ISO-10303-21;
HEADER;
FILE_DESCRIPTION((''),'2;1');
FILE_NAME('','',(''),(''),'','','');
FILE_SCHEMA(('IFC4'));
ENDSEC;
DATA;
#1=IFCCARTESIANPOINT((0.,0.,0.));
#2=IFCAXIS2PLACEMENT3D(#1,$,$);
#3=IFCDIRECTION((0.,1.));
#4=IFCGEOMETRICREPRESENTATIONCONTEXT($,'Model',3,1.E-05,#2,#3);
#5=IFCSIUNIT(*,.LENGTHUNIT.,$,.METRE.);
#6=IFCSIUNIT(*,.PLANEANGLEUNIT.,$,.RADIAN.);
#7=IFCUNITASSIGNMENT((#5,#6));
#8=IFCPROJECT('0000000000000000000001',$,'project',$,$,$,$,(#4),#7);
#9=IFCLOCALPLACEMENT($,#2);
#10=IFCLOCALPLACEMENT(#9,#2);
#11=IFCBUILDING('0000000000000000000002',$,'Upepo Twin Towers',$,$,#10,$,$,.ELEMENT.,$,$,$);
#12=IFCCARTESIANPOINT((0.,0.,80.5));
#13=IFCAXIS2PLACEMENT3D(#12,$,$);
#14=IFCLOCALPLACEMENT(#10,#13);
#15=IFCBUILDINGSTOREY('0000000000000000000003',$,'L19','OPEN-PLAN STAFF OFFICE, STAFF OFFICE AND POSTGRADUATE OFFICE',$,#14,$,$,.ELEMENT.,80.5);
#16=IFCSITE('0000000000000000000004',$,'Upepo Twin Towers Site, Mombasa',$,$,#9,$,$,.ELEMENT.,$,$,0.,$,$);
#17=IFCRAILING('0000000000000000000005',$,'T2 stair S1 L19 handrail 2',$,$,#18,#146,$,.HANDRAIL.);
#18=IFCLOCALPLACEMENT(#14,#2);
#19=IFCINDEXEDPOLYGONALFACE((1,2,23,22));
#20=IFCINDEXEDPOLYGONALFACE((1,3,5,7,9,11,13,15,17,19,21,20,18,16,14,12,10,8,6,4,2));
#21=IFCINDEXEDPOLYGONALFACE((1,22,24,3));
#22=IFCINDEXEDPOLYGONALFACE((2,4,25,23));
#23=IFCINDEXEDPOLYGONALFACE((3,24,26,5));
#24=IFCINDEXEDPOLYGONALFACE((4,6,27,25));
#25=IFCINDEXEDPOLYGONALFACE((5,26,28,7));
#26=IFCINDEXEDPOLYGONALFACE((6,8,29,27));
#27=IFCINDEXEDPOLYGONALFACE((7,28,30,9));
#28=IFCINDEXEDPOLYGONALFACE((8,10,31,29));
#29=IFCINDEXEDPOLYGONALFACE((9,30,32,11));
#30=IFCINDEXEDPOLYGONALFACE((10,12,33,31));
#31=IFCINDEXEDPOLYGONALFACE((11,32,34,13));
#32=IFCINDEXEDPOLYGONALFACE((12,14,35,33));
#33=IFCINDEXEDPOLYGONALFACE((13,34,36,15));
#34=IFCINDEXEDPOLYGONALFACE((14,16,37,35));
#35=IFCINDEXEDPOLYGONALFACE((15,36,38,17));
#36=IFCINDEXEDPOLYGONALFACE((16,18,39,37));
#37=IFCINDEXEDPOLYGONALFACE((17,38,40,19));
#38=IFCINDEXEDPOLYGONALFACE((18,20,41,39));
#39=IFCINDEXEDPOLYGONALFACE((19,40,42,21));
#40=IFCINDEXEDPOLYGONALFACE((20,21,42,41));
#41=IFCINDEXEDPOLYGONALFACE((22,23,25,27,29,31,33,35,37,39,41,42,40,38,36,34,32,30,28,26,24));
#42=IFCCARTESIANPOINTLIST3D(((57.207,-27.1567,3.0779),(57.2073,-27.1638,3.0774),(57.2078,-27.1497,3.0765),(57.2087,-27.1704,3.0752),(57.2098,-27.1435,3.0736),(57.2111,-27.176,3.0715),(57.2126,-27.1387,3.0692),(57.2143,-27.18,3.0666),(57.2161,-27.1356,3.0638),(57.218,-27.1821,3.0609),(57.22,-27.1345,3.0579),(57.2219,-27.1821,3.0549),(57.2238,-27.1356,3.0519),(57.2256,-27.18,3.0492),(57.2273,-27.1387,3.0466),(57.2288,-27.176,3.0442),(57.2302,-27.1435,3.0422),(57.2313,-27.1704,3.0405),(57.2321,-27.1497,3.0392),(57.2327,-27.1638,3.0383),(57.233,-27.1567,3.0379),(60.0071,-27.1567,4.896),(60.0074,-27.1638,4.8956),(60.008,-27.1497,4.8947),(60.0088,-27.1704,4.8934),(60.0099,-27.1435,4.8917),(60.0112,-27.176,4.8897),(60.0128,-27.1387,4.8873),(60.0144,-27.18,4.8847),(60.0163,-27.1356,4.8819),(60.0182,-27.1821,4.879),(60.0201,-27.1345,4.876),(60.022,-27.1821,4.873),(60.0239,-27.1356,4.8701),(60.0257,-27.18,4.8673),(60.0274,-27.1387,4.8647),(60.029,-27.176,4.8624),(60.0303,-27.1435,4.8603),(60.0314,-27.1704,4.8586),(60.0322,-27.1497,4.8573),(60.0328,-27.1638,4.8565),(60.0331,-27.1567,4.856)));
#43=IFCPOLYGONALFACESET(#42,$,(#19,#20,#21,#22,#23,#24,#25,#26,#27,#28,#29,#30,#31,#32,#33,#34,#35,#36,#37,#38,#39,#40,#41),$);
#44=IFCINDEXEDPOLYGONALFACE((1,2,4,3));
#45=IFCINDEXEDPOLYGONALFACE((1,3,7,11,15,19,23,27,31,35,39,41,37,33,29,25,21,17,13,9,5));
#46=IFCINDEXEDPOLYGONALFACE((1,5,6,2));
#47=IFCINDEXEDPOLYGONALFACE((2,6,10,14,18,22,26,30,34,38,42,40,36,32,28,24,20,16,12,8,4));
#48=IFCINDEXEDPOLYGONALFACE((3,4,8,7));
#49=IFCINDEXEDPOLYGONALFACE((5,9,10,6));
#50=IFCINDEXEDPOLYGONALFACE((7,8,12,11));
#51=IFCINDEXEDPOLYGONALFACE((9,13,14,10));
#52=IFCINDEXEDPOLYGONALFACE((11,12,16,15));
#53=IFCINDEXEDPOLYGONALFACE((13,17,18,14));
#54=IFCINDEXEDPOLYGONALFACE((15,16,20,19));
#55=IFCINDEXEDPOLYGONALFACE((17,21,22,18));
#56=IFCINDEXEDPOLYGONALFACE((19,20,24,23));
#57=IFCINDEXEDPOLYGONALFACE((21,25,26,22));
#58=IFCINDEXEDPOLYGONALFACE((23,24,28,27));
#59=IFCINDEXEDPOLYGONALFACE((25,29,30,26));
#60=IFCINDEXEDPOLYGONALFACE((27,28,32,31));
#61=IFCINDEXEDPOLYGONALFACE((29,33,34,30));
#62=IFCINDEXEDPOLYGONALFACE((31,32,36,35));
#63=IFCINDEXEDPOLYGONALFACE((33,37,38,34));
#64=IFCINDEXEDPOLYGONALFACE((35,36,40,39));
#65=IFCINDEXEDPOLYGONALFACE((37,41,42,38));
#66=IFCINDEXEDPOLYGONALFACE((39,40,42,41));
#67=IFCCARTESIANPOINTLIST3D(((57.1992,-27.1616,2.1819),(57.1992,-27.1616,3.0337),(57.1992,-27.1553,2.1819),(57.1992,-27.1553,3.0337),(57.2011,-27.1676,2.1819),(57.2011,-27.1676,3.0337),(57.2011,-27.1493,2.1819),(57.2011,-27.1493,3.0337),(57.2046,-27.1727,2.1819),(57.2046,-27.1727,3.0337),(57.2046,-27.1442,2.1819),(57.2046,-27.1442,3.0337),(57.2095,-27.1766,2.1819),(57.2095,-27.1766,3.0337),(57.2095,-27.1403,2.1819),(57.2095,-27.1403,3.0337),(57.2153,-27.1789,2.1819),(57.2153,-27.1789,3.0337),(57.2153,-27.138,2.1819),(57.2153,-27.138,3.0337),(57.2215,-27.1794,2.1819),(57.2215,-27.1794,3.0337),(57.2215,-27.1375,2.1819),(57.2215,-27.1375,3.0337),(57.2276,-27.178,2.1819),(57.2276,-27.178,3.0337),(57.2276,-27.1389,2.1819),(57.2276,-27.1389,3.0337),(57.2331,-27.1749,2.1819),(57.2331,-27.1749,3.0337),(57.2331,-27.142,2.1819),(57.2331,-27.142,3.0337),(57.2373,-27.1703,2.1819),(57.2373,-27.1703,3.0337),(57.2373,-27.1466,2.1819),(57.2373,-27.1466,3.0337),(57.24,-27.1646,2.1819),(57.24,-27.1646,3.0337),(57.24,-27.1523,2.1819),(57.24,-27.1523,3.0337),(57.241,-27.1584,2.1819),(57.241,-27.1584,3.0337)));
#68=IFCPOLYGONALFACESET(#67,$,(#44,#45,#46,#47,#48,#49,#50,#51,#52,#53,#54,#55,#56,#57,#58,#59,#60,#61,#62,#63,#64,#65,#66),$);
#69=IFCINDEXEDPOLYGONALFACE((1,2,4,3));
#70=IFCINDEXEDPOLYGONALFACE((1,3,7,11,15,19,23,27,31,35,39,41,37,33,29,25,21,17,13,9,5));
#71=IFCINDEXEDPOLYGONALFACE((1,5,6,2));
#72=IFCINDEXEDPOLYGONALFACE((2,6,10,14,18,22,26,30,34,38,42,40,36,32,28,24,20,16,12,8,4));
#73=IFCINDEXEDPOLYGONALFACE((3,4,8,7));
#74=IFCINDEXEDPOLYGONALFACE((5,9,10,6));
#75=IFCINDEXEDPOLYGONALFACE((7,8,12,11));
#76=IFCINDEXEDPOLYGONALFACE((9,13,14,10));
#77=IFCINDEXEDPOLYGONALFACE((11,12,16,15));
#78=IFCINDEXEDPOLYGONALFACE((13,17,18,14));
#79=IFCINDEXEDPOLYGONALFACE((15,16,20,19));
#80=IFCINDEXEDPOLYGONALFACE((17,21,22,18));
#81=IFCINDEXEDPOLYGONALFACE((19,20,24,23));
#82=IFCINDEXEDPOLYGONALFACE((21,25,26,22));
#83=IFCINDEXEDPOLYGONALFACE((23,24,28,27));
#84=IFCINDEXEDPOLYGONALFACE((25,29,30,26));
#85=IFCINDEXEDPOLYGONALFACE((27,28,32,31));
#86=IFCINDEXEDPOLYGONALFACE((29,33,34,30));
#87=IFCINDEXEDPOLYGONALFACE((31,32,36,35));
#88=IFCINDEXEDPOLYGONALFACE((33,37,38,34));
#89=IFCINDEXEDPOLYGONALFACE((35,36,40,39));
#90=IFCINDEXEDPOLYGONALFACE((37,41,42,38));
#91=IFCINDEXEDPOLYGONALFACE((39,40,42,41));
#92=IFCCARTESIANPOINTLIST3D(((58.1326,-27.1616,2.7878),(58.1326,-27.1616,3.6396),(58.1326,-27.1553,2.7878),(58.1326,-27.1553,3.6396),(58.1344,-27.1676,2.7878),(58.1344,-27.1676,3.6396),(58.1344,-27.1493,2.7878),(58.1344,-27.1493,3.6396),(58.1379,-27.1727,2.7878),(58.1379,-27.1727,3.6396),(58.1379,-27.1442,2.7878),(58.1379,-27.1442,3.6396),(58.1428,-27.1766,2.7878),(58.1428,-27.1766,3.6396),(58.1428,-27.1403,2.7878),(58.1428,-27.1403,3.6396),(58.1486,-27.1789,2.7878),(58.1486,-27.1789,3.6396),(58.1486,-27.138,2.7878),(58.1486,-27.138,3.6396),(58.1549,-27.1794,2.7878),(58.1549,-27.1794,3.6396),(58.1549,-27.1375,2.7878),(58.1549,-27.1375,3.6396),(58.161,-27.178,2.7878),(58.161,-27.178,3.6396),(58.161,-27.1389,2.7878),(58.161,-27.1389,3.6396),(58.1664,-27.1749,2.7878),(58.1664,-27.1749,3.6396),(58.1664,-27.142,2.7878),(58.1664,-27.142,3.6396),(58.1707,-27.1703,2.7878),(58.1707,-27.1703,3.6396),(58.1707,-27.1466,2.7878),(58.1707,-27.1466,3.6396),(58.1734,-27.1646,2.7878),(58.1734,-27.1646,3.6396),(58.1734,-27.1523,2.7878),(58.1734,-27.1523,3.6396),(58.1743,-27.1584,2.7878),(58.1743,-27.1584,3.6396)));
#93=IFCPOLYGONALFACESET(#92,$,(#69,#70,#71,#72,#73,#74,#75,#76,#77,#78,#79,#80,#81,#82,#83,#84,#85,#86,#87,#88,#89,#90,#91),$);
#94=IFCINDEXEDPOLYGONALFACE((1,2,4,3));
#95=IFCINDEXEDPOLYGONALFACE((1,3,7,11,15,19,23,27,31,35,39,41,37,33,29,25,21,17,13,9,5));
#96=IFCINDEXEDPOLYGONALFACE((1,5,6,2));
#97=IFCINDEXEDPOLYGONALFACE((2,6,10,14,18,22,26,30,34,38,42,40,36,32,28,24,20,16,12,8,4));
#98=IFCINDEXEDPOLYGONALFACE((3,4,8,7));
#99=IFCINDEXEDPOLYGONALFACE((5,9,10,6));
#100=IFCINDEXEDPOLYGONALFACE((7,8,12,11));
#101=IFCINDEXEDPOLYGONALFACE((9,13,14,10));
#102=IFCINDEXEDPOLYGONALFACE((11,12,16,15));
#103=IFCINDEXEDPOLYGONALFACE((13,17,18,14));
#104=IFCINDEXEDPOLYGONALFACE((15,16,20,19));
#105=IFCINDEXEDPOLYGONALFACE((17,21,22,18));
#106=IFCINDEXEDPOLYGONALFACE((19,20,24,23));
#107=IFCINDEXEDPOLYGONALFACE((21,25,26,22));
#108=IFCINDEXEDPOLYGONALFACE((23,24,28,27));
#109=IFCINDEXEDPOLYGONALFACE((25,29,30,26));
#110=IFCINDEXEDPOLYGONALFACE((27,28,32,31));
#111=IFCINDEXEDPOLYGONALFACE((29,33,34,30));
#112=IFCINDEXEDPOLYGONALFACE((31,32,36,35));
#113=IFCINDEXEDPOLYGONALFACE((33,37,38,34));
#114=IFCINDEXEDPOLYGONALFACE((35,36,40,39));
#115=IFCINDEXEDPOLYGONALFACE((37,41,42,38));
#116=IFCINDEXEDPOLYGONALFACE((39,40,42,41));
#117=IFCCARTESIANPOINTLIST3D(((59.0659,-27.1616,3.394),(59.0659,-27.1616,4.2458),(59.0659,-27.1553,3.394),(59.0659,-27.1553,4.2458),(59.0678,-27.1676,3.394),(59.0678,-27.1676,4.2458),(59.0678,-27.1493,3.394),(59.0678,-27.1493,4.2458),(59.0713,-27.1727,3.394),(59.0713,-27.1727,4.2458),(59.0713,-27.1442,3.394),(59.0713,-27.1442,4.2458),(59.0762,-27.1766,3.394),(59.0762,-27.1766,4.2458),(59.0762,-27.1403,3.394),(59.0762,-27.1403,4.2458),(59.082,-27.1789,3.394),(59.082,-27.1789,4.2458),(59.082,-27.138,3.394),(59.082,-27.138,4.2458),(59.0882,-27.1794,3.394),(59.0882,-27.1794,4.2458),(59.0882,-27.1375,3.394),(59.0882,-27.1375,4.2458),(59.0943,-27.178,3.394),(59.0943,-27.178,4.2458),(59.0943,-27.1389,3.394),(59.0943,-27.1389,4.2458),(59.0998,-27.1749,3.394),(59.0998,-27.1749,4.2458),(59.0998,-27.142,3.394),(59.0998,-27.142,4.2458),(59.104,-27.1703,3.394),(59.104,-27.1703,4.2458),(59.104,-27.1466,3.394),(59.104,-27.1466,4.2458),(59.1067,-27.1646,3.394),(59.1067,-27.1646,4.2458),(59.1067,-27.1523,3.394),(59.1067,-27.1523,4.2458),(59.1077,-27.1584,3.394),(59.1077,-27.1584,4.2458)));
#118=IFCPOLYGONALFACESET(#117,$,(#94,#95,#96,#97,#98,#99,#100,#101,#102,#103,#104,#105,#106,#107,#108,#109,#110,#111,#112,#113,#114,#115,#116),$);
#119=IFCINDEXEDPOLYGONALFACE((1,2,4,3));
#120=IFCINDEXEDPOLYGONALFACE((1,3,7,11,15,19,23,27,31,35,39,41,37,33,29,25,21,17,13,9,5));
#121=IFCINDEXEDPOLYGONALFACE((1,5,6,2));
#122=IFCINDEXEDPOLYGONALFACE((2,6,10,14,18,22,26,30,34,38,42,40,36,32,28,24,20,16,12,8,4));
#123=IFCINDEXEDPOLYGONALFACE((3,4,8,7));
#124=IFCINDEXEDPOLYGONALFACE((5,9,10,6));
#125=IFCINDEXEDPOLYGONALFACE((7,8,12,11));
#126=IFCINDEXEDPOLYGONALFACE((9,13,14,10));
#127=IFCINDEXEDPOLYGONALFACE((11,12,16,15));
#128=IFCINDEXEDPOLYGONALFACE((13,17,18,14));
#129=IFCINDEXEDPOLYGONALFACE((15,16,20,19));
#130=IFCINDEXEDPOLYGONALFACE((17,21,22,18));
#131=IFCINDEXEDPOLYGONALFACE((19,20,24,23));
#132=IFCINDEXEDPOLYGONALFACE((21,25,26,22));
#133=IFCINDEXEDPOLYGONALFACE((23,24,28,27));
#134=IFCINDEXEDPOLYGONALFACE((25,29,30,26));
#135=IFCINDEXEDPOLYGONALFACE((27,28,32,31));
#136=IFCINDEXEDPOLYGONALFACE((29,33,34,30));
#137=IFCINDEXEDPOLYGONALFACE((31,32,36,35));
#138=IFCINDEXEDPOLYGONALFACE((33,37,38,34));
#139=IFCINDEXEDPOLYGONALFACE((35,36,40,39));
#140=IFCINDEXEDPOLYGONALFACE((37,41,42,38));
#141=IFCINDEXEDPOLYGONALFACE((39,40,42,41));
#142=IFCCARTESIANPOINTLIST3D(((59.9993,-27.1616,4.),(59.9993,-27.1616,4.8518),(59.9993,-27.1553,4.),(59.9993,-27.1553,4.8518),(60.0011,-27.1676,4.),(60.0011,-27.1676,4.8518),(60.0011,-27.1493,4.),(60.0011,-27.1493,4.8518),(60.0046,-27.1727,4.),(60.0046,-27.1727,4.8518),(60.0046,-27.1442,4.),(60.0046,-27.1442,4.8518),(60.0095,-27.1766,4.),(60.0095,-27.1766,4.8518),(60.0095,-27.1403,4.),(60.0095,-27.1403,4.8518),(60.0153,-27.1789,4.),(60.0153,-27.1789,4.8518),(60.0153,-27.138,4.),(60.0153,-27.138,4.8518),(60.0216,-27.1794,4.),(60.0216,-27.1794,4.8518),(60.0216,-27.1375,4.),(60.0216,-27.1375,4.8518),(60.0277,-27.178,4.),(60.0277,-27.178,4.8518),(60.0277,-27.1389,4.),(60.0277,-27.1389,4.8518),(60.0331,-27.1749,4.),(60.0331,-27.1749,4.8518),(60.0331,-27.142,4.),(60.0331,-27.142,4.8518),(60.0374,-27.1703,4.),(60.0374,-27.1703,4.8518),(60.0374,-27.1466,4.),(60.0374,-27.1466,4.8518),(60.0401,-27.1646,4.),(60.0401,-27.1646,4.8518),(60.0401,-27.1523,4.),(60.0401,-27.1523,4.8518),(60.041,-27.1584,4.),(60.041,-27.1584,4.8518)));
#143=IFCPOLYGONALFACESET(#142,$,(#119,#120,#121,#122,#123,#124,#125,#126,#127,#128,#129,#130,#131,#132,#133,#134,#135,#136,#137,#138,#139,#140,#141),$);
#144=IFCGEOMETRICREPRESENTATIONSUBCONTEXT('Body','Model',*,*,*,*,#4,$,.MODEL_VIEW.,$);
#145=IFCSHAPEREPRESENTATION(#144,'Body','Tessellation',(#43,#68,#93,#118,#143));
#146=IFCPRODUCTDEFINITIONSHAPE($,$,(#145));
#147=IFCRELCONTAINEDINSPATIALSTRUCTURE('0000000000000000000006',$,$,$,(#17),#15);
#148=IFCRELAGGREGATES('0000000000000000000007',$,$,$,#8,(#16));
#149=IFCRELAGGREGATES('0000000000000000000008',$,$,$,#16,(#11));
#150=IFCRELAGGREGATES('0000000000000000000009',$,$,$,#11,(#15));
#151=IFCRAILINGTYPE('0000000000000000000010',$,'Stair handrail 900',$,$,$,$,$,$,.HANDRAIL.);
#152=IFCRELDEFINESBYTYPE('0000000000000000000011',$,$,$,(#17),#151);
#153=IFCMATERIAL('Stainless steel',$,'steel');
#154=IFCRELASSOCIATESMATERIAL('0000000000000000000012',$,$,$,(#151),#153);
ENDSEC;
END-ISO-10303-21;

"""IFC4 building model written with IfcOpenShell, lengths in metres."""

from ifc_helpers import new_model, si_unit, direction, frame, origin, origin_2d, place, context, subcontext, project, spatial, circle, extrude, material, type_object, element, save


model = new_model("IFC4")

# Units and contexts
model_context = context("Model", 3, precision=1e-05, world=origin(), true_north=direction((0.0, 1.0)))
body_context = subcontext(model_context, "Body", "Model", "MODEL_VIEW")
ifc_project = project(units=[si_unit("LENGTHUNIT", "METRE"), si_unit("PLANEANGLEUNIT", "RADIAN")], contexts=[model_context])

# Site, building, storey
site_placement = place(None, origin())
site = spatial("IfcSite", under=ifc_project, at=site_placement, Name="Upepo Twin Towers Site, Mombasa", CompositionType="ELEMENT", RefElevation=0.0)
building_placement = place(site_placement, origin())
building = spatial("IfcBuilding", under=site, at=building_placement, Name="Upepo Twin Towers", CompositionType="ELEMENT")
storey_placement = place(building_placement, frame((0.0, 0.0, 80.5)))
storey = spatial("IfcBuildingStorey", under=building, at=storey_placement, Name="L19", Description="OPEN-PLAN STAFF OFFICE, STAFF OFFICE AND POSTGRADUATE OFFICE", CompositionType="ELEMENT", Elevation=80.5)

# Railing
ifc_material_1 = material(Name="Stainless steel", Category="steel")
railing_type = type_object("IfcRailingType", Name="Stair handrail 900", PredefinedType="HANDRAIL", material=ifc_material_1)
railing_placement = place(storey_placement, frame((57.22, -27.1584, 2.1819)))
element("IfcRailing", 1, at=railing_placement, inside=storey, type_object=railing_type, Name="T2 stair S1 L19 handrail 2", PredefinedType="HANDRAIL", context=body_context, shape_type="SweptSolid", body=[
    extrude(circle(Radius=0.0239, at=origin_2d()), frame((0.0, 0.0, 0.876), z_axis=(0.838706, 0.0, 0.544585), x_axis=(0.0, 1.0, 0.0)), (0.0, 0.0, 1.0), 3.3386),
    extrude(circle(Radius=0.021, at=origin_2d()), origin(), (0.0, 0.0, 1.0), 0.8518),
    extrude(circle(Radius=0.021, at=origin_2d()), frame((0.9333, 0.0, 0.606)), (0.0, 0.0, 1.0), 0.8518),
    extrude(circle(Radius=0.021, at=origin_2d()), frame((1.8667, 0.0, 1.2122)), (0.0, 0.0, 1.0), 0.8518),
    extrude(circle(Radius=0.021, at=origin_2d()), frame((2.8, 0.0, 1.8181)), (0.0, 0.0, 1.0), 0.8518),
])

save(model, "model.ifc")
